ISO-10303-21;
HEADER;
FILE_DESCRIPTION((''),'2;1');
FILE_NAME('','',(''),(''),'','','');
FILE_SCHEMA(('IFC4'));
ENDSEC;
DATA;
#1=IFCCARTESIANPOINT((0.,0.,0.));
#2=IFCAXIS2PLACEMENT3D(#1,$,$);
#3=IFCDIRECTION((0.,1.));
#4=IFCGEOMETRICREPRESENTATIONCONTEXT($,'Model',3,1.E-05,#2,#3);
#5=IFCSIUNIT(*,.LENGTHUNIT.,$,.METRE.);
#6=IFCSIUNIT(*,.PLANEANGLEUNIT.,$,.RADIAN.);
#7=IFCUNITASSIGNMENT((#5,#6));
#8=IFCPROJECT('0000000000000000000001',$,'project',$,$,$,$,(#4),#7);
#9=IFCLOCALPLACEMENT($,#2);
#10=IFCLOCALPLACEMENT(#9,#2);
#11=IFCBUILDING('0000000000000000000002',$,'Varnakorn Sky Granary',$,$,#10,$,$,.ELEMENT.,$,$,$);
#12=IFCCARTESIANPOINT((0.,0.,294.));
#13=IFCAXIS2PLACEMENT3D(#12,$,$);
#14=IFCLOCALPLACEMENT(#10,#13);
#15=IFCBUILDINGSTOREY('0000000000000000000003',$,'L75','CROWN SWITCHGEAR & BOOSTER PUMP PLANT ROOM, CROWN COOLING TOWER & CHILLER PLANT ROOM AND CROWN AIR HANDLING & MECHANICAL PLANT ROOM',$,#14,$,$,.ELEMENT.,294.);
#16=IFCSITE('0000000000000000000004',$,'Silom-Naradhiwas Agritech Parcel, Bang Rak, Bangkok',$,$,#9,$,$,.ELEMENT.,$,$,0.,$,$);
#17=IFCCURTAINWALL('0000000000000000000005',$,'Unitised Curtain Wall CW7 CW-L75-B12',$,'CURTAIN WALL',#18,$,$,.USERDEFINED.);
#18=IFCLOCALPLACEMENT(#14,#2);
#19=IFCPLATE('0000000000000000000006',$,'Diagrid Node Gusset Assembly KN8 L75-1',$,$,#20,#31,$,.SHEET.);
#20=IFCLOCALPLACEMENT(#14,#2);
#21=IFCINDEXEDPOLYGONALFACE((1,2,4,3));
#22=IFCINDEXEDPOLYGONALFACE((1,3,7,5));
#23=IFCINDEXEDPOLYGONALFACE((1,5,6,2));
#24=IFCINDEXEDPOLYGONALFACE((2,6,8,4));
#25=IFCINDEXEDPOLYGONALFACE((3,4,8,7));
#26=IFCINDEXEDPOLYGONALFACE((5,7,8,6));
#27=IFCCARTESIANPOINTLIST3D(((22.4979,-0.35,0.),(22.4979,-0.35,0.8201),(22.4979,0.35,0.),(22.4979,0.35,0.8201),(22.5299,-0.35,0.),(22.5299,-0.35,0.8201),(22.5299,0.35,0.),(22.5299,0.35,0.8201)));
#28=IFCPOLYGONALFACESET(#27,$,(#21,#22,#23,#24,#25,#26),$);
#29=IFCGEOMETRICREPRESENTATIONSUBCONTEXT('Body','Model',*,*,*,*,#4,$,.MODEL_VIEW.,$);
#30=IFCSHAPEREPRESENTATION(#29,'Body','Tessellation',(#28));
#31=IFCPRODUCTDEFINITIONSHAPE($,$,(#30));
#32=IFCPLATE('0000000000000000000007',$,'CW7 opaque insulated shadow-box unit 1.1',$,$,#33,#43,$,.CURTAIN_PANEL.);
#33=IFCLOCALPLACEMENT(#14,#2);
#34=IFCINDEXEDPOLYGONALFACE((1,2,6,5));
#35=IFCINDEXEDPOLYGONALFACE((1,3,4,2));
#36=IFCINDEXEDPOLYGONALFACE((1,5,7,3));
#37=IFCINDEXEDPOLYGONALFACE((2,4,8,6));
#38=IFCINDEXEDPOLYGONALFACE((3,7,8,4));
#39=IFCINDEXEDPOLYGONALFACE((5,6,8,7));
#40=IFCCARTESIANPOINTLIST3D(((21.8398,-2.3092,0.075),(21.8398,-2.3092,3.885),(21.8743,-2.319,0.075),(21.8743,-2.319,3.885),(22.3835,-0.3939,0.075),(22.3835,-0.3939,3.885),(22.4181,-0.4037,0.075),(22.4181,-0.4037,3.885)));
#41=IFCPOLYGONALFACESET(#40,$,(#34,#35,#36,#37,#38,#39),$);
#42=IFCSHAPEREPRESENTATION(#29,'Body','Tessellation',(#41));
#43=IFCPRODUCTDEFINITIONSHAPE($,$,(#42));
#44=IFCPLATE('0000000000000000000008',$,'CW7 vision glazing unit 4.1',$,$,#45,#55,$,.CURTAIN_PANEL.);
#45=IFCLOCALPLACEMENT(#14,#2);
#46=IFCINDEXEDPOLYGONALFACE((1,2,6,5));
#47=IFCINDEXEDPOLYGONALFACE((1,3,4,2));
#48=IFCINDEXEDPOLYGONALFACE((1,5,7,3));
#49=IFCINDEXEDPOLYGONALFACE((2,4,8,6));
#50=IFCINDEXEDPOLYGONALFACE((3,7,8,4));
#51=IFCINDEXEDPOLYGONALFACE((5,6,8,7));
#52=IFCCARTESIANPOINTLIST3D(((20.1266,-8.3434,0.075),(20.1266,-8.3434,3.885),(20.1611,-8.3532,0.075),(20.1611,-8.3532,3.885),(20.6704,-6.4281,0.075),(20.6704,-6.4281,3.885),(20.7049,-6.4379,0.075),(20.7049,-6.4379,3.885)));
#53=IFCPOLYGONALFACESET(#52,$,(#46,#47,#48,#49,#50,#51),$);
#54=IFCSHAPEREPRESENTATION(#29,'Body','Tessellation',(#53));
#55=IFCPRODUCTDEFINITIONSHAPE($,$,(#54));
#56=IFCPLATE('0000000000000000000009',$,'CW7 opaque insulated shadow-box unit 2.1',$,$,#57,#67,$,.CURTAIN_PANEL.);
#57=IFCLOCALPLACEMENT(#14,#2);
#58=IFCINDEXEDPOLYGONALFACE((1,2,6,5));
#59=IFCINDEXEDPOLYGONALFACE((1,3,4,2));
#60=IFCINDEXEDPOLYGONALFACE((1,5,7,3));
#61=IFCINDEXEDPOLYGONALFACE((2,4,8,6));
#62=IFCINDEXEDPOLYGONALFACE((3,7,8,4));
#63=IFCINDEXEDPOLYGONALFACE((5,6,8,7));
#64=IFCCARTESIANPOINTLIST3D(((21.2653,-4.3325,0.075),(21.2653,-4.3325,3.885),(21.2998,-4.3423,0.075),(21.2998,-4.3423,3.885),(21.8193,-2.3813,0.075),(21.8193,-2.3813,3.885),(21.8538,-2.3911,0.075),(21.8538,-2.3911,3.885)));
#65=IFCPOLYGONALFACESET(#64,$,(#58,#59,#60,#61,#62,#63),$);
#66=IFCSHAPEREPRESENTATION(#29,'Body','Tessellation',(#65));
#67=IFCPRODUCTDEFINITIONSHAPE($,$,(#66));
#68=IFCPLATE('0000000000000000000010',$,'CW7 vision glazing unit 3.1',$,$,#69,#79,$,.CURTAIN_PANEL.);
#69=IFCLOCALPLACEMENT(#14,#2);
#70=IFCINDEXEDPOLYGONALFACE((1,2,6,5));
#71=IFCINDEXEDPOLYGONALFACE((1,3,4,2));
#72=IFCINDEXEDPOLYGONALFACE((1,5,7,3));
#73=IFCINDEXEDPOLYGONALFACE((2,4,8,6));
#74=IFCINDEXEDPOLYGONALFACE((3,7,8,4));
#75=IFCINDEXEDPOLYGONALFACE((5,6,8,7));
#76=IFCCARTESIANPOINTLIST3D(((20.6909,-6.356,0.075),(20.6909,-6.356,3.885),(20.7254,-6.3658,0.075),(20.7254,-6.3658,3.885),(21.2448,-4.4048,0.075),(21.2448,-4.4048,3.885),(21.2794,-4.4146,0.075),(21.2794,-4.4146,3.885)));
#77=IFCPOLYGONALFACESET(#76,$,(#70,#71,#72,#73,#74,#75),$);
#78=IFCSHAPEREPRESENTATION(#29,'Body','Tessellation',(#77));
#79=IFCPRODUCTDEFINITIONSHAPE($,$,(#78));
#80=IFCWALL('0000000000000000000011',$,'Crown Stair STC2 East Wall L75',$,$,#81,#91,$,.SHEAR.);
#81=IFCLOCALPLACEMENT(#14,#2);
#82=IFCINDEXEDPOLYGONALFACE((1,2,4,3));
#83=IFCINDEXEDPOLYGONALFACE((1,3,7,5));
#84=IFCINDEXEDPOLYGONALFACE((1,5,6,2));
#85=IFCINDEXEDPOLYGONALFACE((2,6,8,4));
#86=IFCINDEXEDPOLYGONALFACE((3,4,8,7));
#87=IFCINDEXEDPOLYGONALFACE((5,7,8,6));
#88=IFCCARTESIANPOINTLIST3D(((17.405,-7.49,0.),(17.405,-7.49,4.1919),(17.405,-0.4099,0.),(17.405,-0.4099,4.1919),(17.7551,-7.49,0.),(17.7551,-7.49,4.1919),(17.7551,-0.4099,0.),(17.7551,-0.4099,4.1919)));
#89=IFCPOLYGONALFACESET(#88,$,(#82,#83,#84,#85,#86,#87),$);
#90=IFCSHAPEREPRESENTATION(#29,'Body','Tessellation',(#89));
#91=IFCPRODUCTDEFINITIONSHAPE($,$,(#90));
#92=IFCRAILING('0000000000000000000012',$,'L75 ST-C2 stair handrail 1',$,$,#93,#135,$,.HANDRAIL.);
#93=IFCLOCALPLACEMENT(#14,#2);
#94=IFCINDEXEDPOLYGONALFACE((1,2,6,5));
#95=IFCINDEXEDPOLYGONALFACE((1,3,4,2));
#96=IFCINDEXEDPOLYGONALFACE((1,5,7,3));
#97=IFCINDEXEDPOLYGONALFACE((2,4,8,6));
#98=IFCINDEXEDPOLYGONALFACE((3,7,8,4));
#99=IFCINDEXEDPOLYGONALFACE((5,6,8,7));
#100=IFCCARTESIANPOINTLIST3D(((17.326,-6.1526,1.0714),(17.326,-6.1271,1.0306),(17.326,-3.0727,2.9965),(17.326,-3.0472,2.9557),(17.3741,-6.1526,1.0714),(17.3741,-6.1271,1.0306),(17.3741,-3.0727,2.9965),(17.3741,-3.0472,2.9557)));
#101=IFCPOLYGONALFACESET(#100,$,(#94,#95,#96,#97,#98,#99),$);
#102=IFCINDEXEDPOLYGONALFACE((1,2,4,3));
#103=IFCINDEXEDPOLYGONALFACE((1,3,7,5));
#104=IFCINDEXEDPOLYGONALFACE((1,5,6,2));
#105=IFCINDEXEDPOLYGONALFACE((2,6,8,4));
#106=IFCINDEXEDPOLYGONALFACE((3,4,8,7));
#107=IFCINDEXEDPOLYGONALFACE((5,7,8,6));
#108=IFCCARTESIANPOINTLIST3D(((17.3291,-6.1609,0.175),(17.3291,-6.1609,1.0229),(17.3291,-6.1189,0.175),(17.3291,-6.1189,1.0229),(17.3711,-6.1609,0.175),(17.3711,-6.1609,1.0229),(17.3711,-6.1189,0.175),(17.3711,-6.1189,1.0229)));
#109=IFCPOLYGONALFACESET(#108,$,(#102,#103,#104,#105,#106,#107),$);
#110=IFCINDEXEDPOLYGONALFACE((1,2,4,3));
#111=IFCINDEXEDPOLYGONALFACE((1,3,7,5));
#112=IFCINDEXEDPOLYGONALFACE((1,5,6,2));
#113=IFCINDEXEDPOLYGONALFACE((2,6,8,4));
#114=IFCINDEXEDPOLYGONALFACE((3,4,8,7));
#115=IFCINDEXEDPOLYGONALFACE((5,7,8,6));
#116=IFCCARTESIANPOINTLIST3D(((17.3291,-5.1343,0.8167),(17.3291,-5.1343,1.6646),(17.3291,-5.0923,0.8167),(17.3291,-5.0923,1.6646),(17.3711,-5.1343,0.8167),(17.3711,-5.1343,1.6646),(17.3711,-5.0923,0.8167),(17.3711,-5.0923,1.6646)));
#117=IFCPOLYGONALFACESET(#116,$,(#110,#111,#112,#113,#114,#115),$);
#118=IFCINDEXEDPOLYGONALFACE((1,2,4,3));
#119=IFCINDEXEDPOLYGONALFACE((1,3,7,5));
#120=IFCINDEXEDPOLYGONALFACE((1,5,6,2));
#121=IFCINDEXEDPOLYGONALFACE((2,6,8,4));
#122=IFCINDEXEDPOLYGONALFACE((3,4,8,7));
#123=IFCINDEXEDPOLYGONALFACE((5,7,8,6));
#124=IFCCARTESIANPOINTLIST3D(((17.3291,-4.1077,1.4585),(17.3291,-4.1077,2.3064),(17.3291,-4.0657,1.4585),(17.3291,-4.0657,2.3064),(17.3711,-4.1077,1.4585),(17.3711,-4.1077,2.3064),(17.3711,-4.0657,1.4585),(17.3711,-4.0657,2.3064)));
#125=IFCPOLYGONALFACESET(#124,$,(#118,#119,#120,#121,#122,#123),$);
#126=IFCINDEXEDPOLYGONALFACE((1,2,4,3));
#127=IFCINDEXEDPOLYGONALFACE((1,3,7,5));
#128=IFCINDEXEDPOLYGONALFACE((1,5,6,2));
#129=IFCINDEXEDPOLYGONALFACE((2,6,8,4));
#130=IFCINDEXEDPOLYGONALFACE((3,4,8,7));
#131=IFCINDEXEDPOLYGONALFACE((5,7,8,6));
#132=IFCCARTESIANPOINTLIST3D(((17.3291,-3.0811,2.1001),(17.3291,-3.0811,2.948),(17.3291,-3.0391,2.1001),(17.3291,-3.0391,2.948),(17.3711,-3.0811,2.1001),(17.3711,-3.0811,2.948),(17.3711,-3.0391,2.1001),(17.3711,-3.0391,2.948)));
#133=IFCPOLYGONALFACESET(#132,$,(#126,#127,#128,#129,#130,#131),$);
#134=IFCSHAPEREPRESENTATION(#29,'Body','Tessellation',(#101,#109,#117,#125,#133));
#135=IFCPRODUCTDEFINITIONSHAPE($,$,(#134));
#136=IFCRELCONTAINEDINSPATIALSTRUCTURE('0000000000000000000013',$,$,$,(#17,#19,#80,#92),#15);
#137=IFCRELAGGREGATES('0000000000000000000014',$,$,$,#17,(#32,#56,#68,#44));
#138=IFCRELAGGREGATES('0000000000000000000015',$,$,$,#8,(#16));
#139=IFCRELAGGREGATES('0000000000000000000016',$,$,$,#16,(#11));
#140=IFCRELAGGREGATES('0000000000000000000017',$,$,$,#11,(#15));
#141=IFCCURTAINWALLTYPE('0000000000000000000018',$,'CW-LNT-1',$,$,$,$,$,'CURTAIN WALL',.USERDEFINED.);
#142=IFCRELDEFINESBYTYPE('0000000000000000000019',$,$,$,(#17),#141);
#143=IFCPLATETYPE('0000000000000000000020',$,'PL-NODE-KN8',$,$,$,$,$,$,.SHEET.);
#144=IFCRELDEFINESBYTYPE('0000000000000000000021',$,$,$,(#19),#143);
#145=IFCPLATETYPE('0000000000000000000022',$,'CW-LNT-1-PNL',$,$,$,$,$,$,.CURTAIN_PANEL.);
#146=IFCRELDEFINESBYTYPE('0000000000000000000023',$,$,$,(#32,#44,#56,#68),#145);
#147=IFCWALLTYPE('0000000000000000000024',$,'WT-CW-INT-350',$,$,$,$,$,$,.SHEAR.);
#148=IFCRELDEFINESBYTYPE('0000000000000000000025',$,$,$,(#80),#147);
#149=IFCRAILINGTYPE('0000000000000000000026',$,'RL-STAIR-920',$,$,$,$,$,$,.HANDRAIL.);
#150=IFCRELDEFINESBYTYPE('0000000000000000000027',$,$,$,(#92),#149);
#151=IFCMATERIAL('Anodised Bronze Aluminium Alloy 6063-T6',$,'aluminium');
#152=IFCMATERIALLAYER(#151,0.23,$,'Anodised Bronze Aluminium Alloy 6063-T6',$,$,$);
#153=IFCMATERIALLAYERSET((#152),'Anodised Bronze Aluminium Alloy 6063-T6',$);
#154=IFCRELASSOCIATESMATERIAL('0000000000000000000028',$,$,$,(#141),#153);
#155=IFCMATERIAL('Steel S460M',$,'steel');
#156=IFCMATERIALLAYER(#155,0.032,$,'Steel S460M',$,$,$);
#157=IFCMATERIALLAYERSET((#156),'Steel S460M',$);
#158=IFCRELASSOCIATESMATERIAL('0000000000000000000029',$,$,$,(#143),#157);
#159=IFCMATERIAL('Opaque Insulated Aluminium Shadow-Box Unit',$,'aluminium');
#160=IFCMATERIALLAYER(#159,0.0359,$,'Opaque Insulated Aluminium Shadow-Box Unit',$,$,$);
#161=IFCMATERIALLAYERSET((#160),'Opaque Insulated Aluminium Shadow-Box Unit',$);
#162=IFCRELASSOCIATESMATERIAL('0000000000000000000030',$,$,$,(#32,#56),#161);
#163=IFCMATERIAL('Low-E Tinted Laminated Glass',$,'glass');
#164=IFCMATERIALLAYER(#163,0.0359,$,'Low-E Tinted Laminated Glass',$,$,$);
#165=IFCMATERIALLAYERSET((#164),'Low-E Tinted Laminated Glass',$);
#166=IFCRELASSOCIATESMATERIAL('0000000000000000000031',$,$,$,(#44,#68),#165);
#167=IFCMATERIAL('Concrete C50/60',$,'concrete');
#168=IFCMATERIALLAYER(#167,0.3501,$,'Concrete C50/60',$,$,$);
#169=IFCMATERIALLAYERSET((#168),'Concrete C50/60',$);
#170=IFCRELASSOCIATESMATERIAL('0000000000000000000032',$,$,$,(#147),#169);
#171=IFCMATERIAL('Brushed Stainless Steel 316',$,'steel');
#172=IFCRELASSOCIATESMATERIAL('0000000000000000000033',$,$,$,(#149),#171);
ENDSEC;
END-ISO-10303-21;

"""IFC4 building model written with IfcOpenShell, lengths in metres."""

from ifc_helpers import new_model, si_unit, direction, frame, frame_2d, origin, origin_2d, place, context, subcontext, project, spatial, rectangle, extrude, source, transform, mapped, material, layer, layer_set, type_object, type_shapes, element, aggregate, save


model = new_model("IFC4")

# Units and contexts
model_context = context("Model", 3, precision=1e-05, world=origin(), true_north=direction((0.0, 1.0)))
body_context = subcontext(model_context, "Body", "Model", "MODEL_VIEW")
ifc_project = project(units=[si_unit("LENGTHUNIT", "METRE"), si_unit("PLANEANGLEUNIT", "RADIAN")], contexts=[model_context])

# Site, building, storey
site_placement = place(None, origin())
site = spatial("IfcSite", under=ifc_project, at=site_placement, Name="Silom-Naradhiwas Agritech Parcel, Bang Rak, Bangkok", CompositionType="ELEMENT", RefElevation=0.0)
building_placement = place(site_placement, origin())
building = spatial("IfcBuilding", under=site, at=building_placement, Name="Varnakorn Sky Granary", CompositionType="ELEMENT")
storey_placement = place(building_placement, frame((0.0, 0.0, 294.0)))
storey = spatial("IfcBuildingStorey", under=building, at=storey_placement, Name="L75", Description="CROWN SWITCHGEAR & BOOSTER PUMP PLANT ROOM, CROWN COOLING TOWER & CHILLER PLANT ROOM AND CROWN AIR HANDLING & MECHANICAL PLANT ROOM", CompositionType="ELEMENT", Elevation=294.0)

# Shared definitions
ifc_material_1 = material(Name="Steel S460M", Category="steel")

# Curtain wall
ifc_material_2 = material(Name="Anodised Bronze Aluminium Alloy 6063-T6", Category="aluminium")
ifc_layer_1 = layer(ifc_material_2, 0.23, Name="Anodised Bronze Aluminium Alloy 6063-T6")
ifc_layer_set_1 = layer_set([ifc_layer_1], Name="Anodised Bronze Aluminium Alloy 6063-T6")
curtain_wall_type = type_object("IfcCurtainWallType", Name="CW-LNT-1", ElementType="CURTAIN WALL", PredefinedType="USERDEFINED", material=ifc_layer_set_1)
curtain_wall_placement = place(storey_placement, origin())
curtain_wall = element("IfcCurtainWall", 1, at=curtain_wall_placement, inside=storey, type_object=curtain_wall_type, Name="Unitised Curtain Wall CW7 CW-L75-B12", ObjectType="CURTAIN WALL", PredefinedType="USERDEFINED")

# Plates
ifc_layer_2 = layer(ifc_material_1, 0.032, Name="Steel S460M")
ifc_layer_set_2 = layer_set([ifc_layer_2], Name="Steel S460M")
plate_type_1 = type_object("IfcPlateType", Name="PL-NODE-KN8", PredefinedType="SHEET", material=ifc_layer_set_2)
plate_1_placement = place(storey_placement, frame((22.5139, 0.0, 0.0), z_axis=(0.0, 0.0, 1.0), x_axis=(0.0, 1.0, 0.0)))
element("IfcPlate", 2, at=plate_1_placement, inside=storey, type_object=plate_type_1, Name="Diagrid Node Gusset Assembly KN8 L75-1", PredefinedType="SHEET", context=body_context, shape_type="SweptSolid", body=[
    extrude(rectangle(XDim=0.7, YDim=0.032, at=origin_2d()), origin(), (0.0, 0.0, 1.0), 0.8201),
])
ifc_material_3 = material(Name="Opaque Insulated Aluminium Shadow-Box Unit", Category="aluminium")
ifc_layer_3 = layer(ifc_material_3, 0.0359, Name="Opaque Insulated Aluminium Shadow-Box Unit")
ifc_layer_set_3 = layer_set([ifc_layer_3], Name="Opaque Insulated Aluminium Shadow-Box Unit")
plate_type_2 = type_object("IfcPlateType", Name="CW-LNT-1-PNL", PredefinedType="CURTAIN_PANEL")
shared_shape_1 = source(origin(), body_context, "Body", "SweptSolid", [
    extrude(rectangle(XDim=1.991, YDim=0.0359, at=origin_2d()), origin(), (0.0, 0.0, 1.0), 3.8101),
])
plate_2_placement = place(storey_placement, frame((22.1289, -1.3564, 0.075), z_axis=(0.0, 0.0, 1.0), x_axis=(-0.273126, -0.961978, 0.0)))
plate_2 = element("IfcPlate", 3, at=plate_2_placement, type_object=plate_type_2, material=ifc_layer_set_3, Name="CW7 opaque insulated shadow-box unit 1.1", PredefinedType="CURTAIN_PANEL", context=body_context, shape_type="MappedRepresentation", body=[
    mapped(shared_shape_1, transform((0.0, 0.0, 0.0), x_axis=(1.0, 0.0, 0.0), y_axis=(0.0, 1.0, 0.0), z_axis=(0.0, 0.0, 1.0), scale=1.0)),
])
ifc_material_4 = material(Name="Low-E Tinted Laminated Glass", Category="glass")
ifc_layer_4 = layer(ifc_material_4, 0.0359, Name="Low-E Tinted Laminated Glass")
ifc_layer_set_4 = layer_set([ifc_layer_4], Name="Low-E Tinted Laminated Glass")
plate_3_placement = place(storey_placement, frame((20.4158, -7.3906, 0.075), z_axis=(0.0, 0.0, 1.0), x_axis=(-0.273126, -0.961978, 0.0)))
plate_3 = element("IfcPlate", 4, at=plate_3_placement, type_object=plate_type_2, material=ifc_layer_set_4, Name="CW7 vision glazing unit 4.1", PredefinedType="CURTAIN_PANEL", context=body_context, shape_type="MappedRepresentation", body=[
    mapped(shared_shape_1, transform((0.0, 0.0, 0.0), x_axis=(1.0, 0.0, 0.0), y_axis=(0.0, 1.0, 0.0), z_axis=(0.0, 0.0, 1.0), scale=1.0)),
])
shared_shape_2 = source(origin(), body_context, "Body", "SweptSolid", [
    extrude(rectangle(XDim=2.0283, YDim=0.0359, at=origin_2d()), origin(), (0.0, 0.0, 1.0), 3.8101),
])
type_shapes(plate_type_2, [shared_shape_1, shared_shape_2])
plate_4_placement = place(storey_placement, frame((21.5596, -3.3618, 0.075), z_axis=(0.0, 0.0, 1.0), x_axis=(-0.273126, -0.961978, 0.0)))
plate_4 = element("IfcPlate", 5, at=plate_4_placement, type_object=plate_type_2, material=ifc_layer_set_3, Name="CW7 opaque insulated shadow-box unit 2.1", PredefinedType="CURTAIN_PANEL", context=body_context, shape_type="MappedRepresentation", body=[
    mapped(shared_shape_2, transform((0.0, 0.0, 0.0), x_axis=(1.0, 0.0, 0.0), y_axis=(0.0, 1.0, 0.0), z_axis=(0.0, 0.0, 1.0), scale=1.0)),
])
plate_5_placement = place(storey_placement, frame((20.9851, -5.3853, 0.075), z_axis=(0.0, 0.0, 1.0), x_axis=(-0.273126, -0.961978, 0.0)))
plate_5 = element("IfcPlate", 6, at=plate_5_placement, type_object=plate_type_2, material=ifc_layer_set_4, Name="CW7 vision glazing unit 3.1", PredefinedType="CURTAIN_PANEL", context=body_context, shape_type="MappedRepresentation", body=[
    mapped(shared_shape_2, transform((0.0, 0.0, 0.0), x_axis=(1.0, 0.0, 0.0), y_axis=(0.0, 1.0, 0.0), z_axis=(0.0, 0.0, 1.0), scale=1.0)),
])
aggregate(curtain_wall, [plate_2, plate_4, plate_5, plate_3])

# Wall
ifc_material_5 = material(Name="Concrete C50/60", Category="concrete")
ifc_layer_5 = layer(ifc_material_5, 0.3501, Name="Concrete C50/60")
ifc_layer_set_5 = layer_set([ifc_layer_5], Name="Concrete C50/60")
wall_type = type_object("IfcWallType", Name="WT-CW-INT-350", PredefinedType="SHEAR", material=ifc_layer_set_5)
wall_placement = place(storey_placement, frame((17.5801, -7.49, 0.0), z_axis=(0.0, 0.0, 1.0), x_axis=(0.0, 1.0, 0.0)))
element("IfcWall", 7, at=wall_placement, inside=storey, type_object=wall_type, Name="Crown Stair STC2 East Wall L75", PredefinedType="SHEAR", context=body_context, shape_type="SweptSolid", body=[
    extrude(rectangle(XDim=7.0801, YDim=0.3501, at=frame_2d((3.54, 0.0))), origin(), (0.0, 0.0, 1.0), 4.1919),
])

# Railing
ifc_material_6 = material(Name="Brushed Stainless Steel 316", Category="steel")
railing_type_1 = type_object("IfcRailingType", Name="RL-STAIR-920", PredefinedType="HANDRAIL", material=ifc_material_6)
railing_1_placement = place(storey_placement, frame((17.3501, -6.1399, 0.175)))
element("IfcRailing", 8, at=railing_1_placement, inside=storey, type_object=railing_type_1, Name="L75 ST-C2 stair handrail 1", PredefinedType="HANDRAIL", context=body_context, shape_type="SweptSolid", body=[
    extrude(rectangle(XDim=0.0481, YDim=0.0481, at=origin_2d()), frame((0.0, 0.0, 0.876), z_axis=(0.0, 0.847979, 0.530029), x_axis=(-1.0, 0.0, 0.0)), (0.0, 0.0, 1.0), 3.6321),
    extrude(rectangle(XDim=0.042, YDim=0.042, at=origin_2d()), origin(), (0.0, 0.0, 1.0), 0.8479),
    extrude(rectangle(XDim=0.042, YDim=0.042, at=origin_2d()), frame((0.0, 1.0266, 0.6416)), (0.0, 0.0, 1.0), 0.8479),
    extrude(rectangle(XDim=0.042, YDim=0.042, at=origin_2d()), frame((0.0, 2.0532, 1.2834)), (0.0, 0.0, 1.0), 0.8479),
    extrude(rectangle(XDim=0.042, YDim=0.042, at=origin_2d()), frame((0.0, 3.0798, 1.925)), (0.0, 0.0, 1.0), 0.8479),
])

save(model, "model.ifc")
